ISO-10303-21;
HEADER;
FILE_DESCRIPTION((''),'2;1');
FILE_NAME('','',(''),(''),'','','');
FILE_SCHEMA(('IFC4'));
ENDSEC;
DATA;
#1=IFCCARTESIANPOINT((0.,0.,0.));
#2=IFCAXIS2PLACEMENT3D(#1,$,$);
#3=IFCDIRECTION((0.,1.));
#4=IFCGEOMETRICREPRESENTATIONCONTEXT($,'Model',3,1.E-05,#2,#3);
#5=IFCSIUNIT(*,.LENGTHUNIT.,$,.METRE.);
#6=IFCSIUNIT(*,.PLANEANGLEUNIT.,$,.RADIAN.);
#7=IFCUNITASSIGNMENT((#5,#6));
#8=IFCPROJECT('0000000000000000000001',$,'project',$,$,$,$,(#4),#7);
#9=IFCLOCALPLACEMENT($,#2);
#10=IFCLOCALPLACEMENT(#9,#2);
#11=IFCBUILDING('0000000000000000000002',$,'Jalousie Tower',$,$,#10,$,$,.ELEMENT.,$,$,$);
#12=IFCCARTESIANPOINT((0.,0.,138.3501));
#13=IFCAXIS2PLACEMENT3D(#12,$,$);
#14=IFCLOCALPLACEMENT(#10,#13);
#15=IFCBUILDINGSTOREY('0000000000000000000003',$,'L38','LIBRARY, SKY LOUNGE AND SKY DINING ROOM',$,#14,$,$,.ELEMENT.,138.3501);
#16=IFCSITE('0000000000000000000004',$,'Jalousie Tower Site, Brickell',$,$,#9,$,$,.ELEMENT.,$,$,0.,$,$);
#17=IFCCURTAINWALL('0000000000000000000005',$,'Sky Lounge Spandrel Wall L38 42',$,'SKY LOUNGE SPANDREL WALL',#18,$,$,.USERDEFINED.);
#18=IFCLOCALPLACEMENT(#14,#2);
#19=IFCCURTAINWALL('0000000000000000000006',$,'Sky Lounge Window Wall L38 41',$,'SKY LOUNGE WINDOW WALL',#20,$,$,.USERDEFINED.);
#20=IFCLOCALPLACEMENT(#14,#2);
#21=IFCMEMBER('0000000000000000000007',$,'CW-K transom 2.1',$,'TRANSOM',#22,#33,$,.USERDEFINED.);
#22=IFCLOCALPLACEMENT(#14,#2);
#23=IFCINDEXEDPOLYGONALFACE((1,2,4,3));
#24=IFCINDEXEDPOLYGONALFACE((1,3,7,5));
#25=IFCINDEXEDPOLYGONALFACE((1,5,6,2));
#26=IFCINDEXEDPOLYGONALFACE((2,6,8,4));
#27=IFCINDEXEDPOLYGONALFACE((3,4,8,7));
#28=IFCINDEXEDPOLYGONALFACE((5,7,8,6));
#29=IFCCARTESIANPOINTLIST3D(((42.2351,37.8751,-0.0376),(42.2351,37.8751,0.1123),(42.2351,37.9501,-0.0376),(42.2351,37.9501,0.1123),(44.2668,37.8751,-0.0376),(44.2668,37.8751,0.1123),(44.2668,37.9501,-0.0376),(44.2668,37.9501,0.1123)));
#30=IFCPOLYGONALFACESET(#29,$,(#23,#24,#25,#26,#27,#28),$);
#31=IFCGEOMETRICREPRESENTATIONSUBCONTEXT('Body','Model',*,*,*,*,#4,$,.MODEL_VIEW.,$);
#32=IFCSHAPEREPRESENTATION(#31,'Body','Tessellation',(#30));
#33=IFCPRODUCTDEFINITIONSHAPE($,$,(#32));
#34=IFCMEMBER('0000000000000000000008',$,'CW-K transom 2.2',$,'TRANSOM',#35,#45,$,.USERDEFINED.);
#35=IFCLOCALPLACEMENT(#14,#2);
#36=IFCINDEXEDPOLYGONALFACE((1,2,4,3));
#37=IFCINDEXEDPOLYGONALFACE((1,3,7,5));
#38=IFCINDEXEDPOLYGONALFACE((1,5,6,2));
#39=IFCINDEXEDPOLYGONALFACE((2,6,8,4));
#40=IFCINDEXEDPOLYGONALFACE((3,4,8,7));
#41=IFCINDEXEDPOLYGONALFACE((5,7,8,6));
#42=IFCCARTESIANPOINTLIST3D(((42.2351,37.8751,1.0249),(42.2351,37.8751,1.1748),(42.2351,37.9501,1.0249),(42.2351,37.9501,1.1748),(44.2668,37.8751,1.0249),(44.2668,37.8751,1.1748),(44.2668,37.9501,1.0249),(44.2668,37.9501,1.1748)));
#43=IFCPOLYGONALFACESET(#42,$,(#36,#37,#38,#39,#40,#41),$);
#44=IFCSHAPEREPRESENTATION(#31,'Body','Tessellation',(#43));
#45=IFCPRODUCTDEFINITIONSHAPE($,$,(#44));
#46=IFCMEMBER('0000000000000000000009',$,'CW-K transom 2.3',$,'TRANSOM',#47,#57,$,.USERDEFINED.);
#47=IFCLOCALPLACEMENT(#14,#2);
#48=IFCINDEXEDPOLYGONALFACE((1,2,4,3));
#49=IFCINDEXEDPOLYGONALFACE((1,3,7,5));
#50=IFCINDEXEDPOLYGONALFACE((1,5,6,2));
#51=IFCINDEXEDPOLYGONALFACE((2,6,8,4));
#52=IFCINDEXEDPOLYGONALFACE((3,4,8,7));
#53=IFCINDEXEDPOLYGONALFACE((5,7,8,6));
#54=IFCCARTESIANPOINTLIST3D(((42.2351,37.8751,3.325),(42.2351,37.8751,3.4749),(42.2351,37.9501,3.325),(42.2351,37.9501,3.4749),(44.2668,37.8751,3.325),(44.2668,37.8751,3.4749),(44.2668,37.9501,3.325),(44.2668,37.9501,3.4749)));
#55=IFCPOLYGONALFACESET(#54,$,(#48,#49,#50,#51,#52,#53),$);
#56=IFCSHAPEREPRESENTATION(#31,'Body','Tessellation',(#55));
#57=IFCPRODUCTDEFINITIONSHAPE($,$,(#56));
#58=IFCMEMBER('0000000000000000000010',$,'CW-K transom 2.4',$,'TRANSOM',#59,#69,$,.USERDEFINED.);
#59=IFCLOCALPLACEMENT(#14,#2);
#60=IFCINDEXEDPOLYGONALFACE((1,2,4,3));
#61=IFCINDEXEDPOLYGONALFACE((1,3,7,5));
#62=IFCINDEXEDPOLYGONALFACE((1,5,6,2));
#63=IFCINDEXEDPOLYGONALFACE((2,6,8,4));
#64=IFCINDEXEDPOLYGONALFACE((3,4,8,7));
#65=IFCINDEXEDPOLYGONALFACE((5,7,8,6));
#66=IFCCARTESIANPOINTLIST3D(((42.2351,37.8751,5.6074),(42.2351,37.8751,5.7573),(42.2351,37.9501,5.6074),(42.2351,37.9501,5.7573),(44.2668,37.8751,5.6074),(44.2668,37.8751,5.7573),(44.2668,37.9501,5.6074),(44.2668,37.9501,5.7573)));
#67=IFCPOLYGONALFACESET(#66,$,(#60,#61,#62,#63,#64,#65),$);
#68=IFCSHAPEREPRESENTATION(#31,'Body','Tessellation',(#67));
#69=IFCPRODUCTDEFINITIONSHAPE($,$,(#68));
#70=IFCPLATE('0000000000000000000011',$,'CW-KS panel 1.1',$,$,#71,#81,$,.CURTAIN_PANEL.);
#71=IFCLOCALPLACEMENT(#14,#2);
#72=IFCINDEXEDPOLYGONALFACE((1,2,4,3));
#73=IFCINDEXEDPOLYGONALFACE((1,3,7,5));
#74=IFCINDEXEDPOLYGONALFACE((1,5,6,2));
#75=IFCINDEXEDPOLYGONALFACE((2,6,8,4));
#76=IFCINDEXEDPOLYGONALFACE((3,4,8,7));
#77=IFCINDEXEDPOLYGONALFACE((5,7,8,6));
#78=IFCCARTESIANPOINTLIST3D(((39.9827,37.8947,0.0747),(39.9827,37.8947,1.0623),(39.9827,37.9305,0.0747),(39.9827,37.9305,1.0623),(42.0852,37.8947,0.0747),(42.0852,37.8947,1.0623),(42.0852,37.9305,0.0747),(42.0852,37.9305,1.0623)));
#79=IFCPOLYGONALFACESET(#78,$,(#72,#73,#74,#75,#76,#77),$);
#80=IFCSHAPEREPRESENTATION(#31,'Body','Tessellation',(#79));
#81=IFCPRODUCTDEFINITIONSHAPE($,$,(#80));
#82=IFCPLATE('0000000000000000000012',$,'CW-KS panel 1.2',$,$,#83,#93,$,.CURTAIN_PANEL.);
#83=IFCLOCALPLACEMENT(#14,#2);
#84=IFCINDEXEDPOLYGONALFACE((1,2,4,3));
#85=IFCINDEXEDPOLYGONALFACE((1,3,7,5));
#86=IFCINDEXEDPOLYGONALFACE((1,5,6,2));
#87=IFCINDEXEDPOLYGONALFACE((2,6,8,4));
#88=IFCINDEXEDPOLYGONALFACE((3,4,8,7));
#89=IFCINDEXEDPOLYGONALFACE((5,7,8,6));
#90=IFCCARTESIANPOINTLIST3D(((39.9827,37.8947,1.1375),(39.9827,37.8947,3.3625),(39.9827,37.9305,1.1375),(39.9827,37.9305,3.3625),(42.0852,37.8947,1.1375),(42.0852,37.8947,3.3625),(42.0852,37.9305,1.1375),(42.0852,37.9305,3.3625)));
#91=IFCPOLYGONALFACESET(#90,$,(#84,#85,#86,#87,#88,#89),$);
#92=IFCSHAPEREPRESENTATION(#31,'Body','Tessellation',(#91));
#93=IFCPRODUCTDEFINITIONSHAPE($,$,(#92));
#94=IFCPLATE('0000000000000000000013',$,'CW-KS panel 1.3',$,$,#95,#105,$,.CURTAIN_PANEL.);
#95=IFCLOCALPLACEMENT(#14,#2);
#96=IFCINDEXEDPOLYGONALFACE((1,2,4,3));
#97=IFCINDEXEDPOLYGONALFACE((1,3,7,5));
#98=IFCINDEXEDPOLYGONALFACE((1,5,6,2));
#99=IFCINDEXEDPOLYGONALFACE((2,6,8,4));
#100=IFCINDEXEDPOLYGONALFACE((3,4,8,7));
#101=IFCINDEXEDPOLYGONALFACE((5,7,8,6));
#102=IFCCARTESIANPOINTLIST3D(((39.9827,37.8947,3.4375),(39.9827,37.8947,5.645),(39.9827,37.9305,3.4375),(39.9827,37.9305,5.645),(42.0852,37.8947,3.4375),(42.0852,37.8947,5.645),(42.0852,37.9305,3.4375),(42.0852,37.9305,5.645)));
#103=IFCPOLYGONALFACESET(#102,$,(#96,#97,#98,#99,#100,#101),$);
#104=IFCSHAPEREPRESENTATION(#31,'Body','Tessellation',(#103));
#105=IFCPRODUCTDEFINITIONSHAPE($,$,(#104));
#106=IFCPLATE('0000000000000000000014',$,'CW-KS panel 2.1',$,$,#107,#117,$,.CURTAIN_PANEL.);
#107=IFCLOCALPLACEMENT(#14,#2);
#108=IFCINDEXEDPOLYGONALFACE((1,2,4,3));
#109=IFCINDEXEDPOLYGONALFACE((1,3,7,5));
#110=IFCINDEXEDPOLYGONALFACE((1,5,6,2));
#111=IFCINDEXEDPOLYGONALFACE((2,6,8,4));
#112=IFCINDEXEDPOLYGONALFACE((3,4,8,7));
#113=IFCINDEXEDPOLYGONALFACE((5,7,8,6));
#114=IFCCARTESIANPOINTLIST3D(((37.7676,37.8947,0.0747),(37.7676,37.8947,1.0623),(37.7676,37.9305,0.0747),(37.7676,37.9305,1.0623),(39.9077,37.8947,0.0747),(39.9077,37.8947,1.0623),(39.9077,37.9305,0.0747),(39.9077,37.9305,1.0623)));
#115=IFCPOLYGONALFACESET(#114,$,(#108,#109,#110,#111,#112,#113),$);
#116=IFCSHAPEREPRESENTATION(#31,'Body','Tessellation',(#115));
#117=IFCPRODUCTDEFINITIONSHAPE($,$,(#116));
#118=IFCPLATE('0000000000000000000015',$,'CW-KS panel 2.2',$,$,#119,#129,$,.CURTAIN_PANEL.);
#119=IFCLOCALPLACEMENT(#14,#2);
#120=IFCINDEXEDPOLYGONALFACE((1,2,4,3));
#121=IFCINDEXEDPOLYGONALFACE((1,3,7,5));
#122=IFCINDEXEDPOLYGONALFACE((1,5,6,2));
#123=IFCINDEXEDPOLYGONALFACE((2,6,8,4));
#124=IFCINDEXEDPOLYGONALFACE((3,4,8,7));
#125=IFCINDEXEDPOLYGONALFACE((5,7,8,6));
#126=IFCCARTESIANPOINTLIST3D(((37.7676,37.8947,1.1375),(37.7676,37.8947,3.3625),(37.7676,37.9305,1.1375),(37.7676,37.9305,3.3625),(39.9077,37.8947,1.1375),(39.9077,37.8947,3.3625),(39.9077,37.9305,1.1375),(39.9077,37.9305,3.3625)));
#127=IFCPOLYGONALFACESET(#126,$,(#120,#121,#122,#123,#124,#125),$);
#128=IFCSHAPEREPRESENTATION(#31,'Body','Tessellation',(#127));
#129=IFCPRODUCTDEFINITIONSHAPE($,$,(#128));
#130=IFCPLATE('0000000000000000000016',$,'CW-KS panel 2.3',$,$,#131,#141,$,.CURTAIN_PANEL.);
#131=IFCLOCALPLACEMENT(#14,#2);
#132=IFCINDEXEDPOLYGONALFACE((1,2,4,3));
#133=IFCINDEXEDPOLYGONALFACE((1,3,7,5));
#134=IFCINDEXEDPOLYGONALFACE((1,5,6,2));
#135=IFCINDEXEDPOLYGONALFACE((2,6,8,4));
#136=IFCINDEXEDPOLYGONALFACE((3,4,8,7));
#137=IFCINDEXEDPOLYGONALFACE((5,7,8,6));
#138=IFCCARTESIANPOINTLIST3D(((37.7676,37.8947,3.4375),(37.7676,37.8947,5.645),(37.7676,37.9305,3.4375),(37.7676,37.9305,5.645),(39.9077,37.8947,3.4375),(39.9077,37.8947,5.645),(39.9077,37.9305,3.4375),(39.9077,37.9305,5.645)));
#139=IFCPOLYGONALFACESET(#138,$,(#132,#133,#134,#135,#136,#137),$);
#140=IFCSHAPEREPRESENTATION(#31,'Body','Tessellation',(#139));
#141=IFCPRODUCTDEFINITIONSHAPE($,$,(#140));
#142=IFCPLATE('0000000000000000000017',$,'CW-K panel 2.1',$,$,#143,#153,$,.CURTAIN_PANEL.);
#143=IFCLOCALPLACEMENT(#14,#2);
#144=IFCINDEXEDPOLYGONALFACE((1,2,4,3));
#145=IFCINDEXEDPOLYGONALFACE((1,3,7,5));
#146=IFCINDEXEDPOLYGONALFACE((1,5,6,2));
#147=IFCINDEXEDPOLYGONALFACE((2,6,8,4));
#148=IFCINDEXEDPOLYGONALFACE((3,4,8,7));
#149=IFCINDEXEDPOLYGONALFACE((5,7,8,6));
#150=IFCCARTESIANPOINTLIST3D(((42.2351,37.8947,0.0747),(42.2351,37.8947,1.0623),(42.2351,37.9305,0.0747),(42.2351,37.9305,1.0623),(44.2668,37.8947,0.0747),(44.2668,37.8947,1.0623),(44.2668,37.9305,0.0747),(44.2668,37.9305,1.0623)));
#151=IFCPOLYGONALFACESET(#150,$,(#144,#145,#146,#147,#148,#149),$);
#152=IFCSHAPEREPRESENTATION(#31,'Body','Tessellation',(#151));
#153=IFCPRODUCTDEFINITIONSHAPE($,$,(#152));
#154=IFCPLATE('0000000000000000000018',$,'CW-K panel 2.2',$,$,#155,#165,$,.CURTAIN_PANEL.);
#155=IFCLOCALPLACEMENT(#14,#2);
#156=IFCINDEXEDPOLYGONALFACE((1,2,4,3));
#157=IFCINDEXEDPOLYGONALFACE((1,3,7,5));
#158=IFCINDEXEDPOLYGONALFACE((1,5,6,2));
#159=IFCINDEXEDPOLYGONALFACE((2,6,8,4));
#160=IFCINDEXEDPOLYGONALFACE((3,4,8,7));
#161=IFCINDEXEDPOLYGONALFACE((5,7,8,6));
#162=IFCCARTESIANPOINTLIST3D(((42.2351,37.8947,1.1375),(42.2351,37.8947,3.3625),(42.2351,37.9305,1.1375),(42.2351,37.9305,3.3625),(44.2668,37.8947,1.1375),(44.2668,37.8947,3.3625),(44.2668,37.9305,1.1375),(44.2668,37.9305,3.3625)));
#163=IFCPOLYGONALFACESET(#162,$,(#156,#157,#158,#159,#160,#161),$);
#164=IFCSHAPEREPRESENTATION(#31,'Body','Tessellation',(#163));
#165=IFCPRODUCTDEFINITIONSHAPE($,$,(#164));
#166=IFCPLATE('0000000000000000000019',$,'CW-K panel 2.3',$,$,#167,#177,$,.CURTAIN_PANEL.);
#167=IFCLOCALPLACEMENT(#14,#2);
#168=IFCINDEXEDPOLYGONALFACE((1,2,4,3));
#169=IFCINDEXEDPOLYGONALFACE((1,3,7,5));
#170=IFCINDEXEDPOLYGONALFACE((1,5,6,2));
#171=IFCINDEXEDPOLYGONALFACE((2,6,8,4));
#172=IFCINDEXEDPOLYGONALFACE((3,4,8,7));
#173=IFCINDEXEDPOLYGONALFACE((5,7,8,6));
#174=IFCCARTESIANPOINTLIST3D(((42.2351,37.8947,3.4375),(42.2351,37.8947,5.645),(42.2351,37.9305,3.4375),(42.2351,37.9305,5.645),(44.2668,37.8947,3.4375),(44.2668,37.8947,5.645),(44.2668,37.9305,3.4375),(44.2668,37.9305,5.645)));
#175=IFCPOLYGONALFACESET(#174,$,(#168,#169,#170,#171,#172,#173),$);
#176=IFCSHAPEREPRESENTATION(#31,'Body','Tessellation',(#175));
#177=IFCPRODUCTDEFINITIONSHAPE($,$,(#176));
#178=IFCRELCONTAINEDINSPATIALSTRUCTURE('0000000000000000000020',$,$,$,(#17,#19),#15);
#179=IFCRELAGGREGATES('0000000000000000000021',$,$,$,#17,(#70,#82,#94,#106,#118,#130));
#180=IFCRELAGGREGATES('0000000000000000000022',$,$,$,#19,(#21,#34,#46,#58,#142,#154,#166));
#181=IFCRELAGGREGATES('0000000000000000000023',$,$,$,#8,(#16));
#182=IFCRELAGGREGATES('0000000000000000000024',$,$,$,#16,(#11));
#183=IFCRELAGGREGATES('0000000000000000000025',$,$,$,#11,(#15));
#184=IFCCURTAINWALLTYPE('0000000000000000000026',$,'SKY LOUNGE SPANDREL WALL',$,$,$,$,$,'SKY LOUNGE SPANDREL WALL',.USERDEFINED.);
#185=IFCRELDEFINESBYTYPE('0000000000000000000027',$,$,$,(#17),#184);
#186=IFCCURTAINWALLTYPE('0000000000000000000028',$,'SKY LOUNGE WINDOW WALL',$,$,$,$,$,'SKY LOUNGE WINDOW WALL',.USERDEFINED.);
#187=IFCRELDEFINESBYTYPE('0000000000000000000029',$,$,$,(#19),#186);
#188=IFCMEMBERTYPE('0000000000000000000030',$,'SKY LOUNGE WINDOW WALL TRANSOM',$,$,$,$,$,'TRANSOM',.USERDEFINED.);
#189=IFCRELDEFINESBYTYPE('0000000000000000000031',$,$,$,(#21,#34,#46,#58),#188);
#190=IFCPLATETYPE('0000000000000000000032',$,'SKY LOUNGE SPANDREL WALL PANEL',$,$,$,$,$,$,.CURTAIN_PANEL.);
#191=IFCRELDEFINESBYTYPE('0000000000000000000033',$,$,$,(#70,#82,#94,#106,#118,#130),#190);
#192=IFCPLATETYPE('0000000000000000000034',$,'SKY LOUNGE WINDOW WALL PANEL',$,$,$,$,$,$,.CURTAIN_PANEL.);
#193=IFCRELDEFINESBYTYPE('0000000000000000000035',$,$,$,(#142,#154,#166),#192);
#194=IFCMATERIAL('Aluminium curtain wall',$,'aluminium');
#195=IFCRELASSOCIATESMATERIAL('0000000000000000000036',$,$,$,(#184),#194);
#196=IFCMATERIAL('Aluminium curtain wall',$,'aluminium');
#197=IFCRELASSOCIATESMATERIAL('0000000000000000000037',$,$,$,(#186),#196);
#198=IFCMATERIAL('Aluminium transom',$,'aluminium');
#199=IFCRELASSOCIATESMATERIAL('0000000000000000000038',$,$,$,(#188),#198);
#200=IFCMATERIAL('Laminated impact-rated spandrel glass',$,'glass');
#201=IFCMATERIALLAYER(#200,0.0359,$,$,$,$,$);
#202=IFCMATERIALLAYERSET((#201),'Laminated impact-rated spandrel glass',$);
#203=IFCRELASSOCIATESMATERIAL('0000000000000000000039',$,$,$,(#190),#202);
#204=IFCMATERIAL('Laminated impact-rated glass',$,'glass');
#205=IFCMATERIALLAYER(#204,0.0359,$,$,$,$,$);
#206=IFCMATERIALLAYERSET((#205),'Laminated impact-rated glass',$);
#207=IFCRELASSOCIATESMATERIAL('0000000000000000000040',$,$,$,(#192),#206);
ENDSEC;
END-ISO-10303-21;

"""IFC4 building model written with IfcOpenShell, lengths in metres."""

from ifc_helpers import new_model, si_unit, direction, frame, origin, origin_2d, place, context, subcontext, project, spatial, rectangle, extrude, material, layer, layer_set, material_profile, profile_set, type_object, element, aggregate, save


model = new_model("IFC4")

# Units and contexts
model_context = context("Model", 3, precision=1e-05, world=origin(), true_north=direction((0.0, 1.0)))
body_context = subcontext(model_context, "Body", "Model", "MODEL_VIEW")
ifc_project = project(units=[si_unit("LENGTHUNIT", "METRE"), si_unit("PLANEANGLEUNIT", "RADIAN")], contexts=[model_context])

# Site, building, storey
site_placement = place(None, origin())
site = spatial("IfcSite", under=ifc_project, at=site_placement, Name="Jalousie Tower Site, Brickell", CompositionType="ELEMENT", RefElevation=0.0)
building_placement = place(site_placement, origin())
building = spatial("IfcBuilding", under=site, at=building_placement, Name="Jalousie Tower", CompositionType="ELEMENT")
storey_placement = place(building_placement, frame((0.0, 0.0, 138.3501)))
storey = spatial("IfcBuildingStorey", under=building, at=storey_placement, Name="L38", Description="LIBRARY, SKY LOUNGE AND SKY DINING ROOM", CompositionType="ELEMENT", Elevation=138.3501)

# Curtain walls, members
ifc_material_1 = material(Name="Aluminium curtain wall", Category="aluminium")
curtain_wall_type_1 = type_object("IfcCurtainWallType", Name="SKY LOUNGE SPANDREL WALL", ElementType="SKY LOUNGE SPANDREL WALL", PredefinedType="USERDEFINED", material=ifc_material_1)
curtain_wall_1_placement = place(storey_placement, origin())
curtain_wall_1 = element("IfcCurtainWall", 1, at=curtain_wall_1_placement, inside=storey, type_object=curtain_wall_type_1, Name="Sky Lounge Spandrel Wall L38 42", ObjectType="SKY LOUNGE SPANDREL WALL", PredefinedType="USERDEFINED")
ifc_material_2 = material(Name="Aluminium curtain wall", Category="aluminium")
curtain_wall_type_2 = type_object("IfcCurtainWallType", Name="SKY LOUNGE WINDOW WALL", ElementType="SKY LOUNGE WINDOW WALL", PredefinedType="USERDEFINED", material=ifc_material_2)
curtain_wall_2_placement = place(storey_placement, origin())
curtain_wall_2 = element("IfcCurtainWall", 2, at=curtain_wall_2_placement, inside=storey, type_object=curtain_wall_type_2, Name="Sky Lounge Window Wall L38 41", ObjectType="SKY LOUNGE WINDOW WALL", PredefinedType="USERDEFINED")
ifc_material_3 = material(Name="Aluminium transom", Category="aluminium")
ifc_material_profile_1 = material_profile(ifc_material_3, rectangle(XDim=0.075, YDim=0.1499, at=origin_2d()), Name="TRANSOM 75x150")
ifc_profile_set_1 = profile_set([ifc_material_profile_1], Name="Aluminium transom")
member_type_1 = type_object("IfcMemberType", Name="SKY LOUNGE WINDOW WALL TRANSOM", ElementType="TRANSOM", PredefinedType="USERDEFINED", material=ifc_profile_set_1)
member_1_placement = place(storey_placement, frame((44.2668, 37.9126, 0.0374), z_axis=(-1.0, 0.0, 0.0), x_axis=(0.0, -1.0, 0.0)))
member_1 = element("IfcMember", 3, at=member_1_placement, type_object=member_type_1, Name="CW-K transom 2.1", ObjectType="TRANSOM", PredefinedType="USERDEFINED", context=body_context, shape_type="SweptSolid", body=[
    extrude(rectangle(XDim=0.075, YDim=0.1499, at=origin_2d()), origin(), (0.0, 0.0, 1.0), 2.0317),
])
member_2_placement = place(storey_placement, frame((44.2668, 37.9126, 1.0999), z_axis=(-1.0, 0.0, 0.0), x_axis=(0.0, -1.0, 0.0)))
member_2 = element("IfcMember", 4, at=member_2_placement, type_object=member_type_1, Name="CW-K transom 2.2", ObjectType="TRANSOM", PredefinedType="USERDEFINED", context=body_context, shape_type="SweptSolid", body=[
    extrude(rectangle(XDim=0.075, YDim=0.1499, at=origin_2d()), origin(), (0.0, 0.0, 1.0), 2.0317),
])
member_3_placement = place(storey_placement, frame((44.2668, 37.9126, 3.3999), z_axis=(-1.0, 0.0, 0.0), x_axis=(0.0, -1.0, 0.0)))
member_3 = element("IfcMember", 5, at=member_3_placement, type_object=member_type_1, Name="CW-K transom 2.3", ObjectType="TRANSOM", PredefinedType="USERDEFINED", context=body_context, shape_type="SweptSolid", body=[
    extrude(rectangle(XDim=0.075, YDim=0.1499, at=origin_2d()), origin(), (0.0, 0.0, 1.0), 2.0317),
])
member_4_placement = place(storey_placement, frame((44.2668, 37.9126, 5.6824), z_axis=(-1.0, 0.0, 0.0), x_axis=(0.0, -1.0, 0.0)))
member_4 = element("IfcMember", 6, at=member_4_placement, type_object=member_type_1, Name="CW-K transom 2.4", ObjectType="TRANSOM", PredefinedType="USERDEFINED", context=body_context, shape_type="SweptSolid", body=[
    extrude(rectangle(XDim=0.075, YDim=0.1499, at=origin_2d()), origin(), (0.0, 0.0, 1.0), 2.0317),
])

# Plates
ifc_material_4 = material(Name="Laminated impact-rated spandrel glass", Category="glass")
ifc_layer_1 = layer(ifc_material_4, 0.0359)
ifc_layer_set_1 = layer_set([ifc_layer_1], Name="Laminated impact-rated spandrel glass")
plate_type_1 = type_object("IfcPlateType", Name="SKY LOUNGE SPANDREL WALL PANEL", PredefinedType="CURTAIN_PANEL", material=ifc_layer_set_1)
plate_1_placement = place(storey_placement, frame((41.0339, 37.9126, 0.0747), z_axis=(0.0, 0.0, 1.0), x_axis=(-1.0, 0.0, 0.0)))
plate_1 = element("IfcPlate", 7, at=plate_1_placement, type_object=plate_type_1, Name="CW-KS panel 1.1", PredefinedType="CURTAIN_PANEL", context=body_context, shape_type="SweptSolid", body=[
    extrude(rectangle(XDim=2.1025, YDim=0.0359, at=origin_2d()), origin(), (0.0, 0.0, 1.0), 0.9875),
])
plate_2_placement = place(storey_placement, frame((41.0339, 37.9126, 1.1375), z_axis=(0.0, 0.0, 1.0), x_axis=(-1.0, 0.0, 0.0)))
plate_2 = element("IfcPlate", 8, at=plate_2_placement, type_object=plate_type_1, Name="CW-KS panel 1.2", PredefinedType="CURTAIN_PANEL", context=body_context, shape_type="SweptSolid", body=[
    extrude(rectangle(XDim=2.1025, YDim=0.0359, at=origin_2d()), origin(), (0.0, 0.0, 1.0), 2.2251),
])
plate_3_placement = place(storey_placement, frame((41.0339, 37.9126, 3.4375), z_axis=(0.0, 0.0, 1.0), x_axis=(-1.0, 0.0, 0.0)))
plate_3 = element("IfcPlate", 9, at=plate_3_placement, type_object=plate_type_1, Name="CW-KS panel 1.3", PredefinedType="CURTAIN_PANEL", context=body_context, shape_type="SweptSolid", body=[
    extrude(rectangle(XDim=2.1025, YDim=0.0359, at=origin_2d()), origin(), (0.0, 0.0, 1.0), 2.2075),
])
plate_4_placement = place(storey_placement, frame((38.8376, 37.9126, 0.0747), z_axis=(0.0, 0.0, 1.0), x_axis=(-1.0, 0.0, 0.0)))
plate_4 = element("IfcPlate", 10, at=plate_4_placement, type_object=plate_type_1, Name="CW-KS panel 2.1", PredefinedType="CURTAIN_PANEL", context=body_context, shape_type="SweptSolid", body=[
    extrude(rectangle(XDim=2.1401, YDim=0.0359, at=origin_2d()), origin(), (0.0, 0.0, 1.0), 0.9875),
])
plate_5_placement = place(storey_placement, frame((38.8376, 37.9126, 1.1375), z_axis=(0.0, 0.0, 1.0), x_axis=(-1.0, 0.0, 0.0)))
plate_5 = element("IfcPlate", 11, at=plate_5_placement, type_object=plate_type_1, Name="CW-KS panel 2.2", PredefinedType="CURTAIN_PANEL", context=body_context, shape_type="SweptSolid", body=[
    extrude(rectangle(XDim=2.1401, YDim=0.0359, at=origin_2d()), origin(), (0.0, 0.0, 1.0), 2.2251),
])
plate_6_placement = place(storey_placement, frame((38.8376, 37.9126, 3.4375), z_axis=(0.0, 0.0, 1.0), x_axis=(-1.0, 0.0, 0.0)))
plate_6 = element("IfcPlate", 12, at=plate_6_placement, type_object=plate_type_1, Name="CW-KS panel 2.3", PredefinedType="CURTAIN_PANEL", context=body_context, shape_type="SweptSolid", body=[
    extrude(rectangle(XDim=2.1401, YDim=0.0359, at=origin_2d()), origin(), (0.0, 0.0, 1.0), 2.2075),
])
aggregate(curtain_wall_1, [plate_1, plate_2, plate_3, plate_4, plate_5, plate_6])
ifc_material_5 = material(Name="Laminated impact-rated glass", Category="glass")
ifc_layer_2 = layer(ifc_material_5, 0.0359)
ifc_layer_set_2 = layer_set([ifc_layer_2], Name="Laminated impact-rated glass")
plate_type_2 = type_object("IfcPlateType", Name="SKY LOUNGE WINDOW WALL PANEL", PredefinedType="CURTAIN_PANEL", material=ifc_layer_set_2)
plate_7_placement = place(storey_placement, frame((43.251, 37.9126, 0.0747), z_axis=(0.0, 0.0, 1.0), x_axis=(-1.0, 0.0, 0.0)))
plate_7 = element("IfcPlate", 13, at=plate_7_placement, type_object=plate_type_2, Name="CW-K panel 2.1", PredefinedType="CURTAIN_PANEL", context=body_context, shape_type="SweptSolid", body=[
    extrude(rectangle(XDim=2.0317, YDim=0.0359, at=origin_2d()), origin(), (0.0, 0.0, 1.0), 0.9875),
])
plate_8_placement = place(storey_placement, frame((43.251, 37.9126, 1.1375), z_axis=(0.0, 0.0, 1.0), x_axis=(-1.0, 0.0, 0.0)))
plate_8 = element("IfcPlate", 14, at=plate_8_placement, type_object=plate_type_2, Name="CW-K panel 2.2", PredefinedType="CURTAIN_PANEL", context=body_context, shape_type="SweptSolid", body=[
    extrude(rectangle(XDim=2.0317, YDim=0.0359, at=origin_2d()), origin(), (0.0, 0.0, 1.0), 2.2251),
])
plate_9_placement = place(storey_placement, frame((43.251, 37.9126, 3.4375), z_axis=(0.0, 0.0, 1.0), x_axis=(-1.0, 0.0, 0.0)))
plate_9 = element("IfcPlate", 15, at=plate_9_placement, type_object=plate_type_2, Name="CW-K panel 2.3", PredefinedType="CURTAIN_PANEL", context=body_context, shape_type="SweptSolid", body=[
    extrude(rectangle(XDim=2.0317, YDim=0.0359, at=origin_2d()), origin(), (0.0, 0.0, 1.0), 2.2075),
])
aggregate(curtain_wall_2, [member_1, member_2, member_3, member_4, plate_7, plate_8, plate_9])

save(model, "model.ifc")
